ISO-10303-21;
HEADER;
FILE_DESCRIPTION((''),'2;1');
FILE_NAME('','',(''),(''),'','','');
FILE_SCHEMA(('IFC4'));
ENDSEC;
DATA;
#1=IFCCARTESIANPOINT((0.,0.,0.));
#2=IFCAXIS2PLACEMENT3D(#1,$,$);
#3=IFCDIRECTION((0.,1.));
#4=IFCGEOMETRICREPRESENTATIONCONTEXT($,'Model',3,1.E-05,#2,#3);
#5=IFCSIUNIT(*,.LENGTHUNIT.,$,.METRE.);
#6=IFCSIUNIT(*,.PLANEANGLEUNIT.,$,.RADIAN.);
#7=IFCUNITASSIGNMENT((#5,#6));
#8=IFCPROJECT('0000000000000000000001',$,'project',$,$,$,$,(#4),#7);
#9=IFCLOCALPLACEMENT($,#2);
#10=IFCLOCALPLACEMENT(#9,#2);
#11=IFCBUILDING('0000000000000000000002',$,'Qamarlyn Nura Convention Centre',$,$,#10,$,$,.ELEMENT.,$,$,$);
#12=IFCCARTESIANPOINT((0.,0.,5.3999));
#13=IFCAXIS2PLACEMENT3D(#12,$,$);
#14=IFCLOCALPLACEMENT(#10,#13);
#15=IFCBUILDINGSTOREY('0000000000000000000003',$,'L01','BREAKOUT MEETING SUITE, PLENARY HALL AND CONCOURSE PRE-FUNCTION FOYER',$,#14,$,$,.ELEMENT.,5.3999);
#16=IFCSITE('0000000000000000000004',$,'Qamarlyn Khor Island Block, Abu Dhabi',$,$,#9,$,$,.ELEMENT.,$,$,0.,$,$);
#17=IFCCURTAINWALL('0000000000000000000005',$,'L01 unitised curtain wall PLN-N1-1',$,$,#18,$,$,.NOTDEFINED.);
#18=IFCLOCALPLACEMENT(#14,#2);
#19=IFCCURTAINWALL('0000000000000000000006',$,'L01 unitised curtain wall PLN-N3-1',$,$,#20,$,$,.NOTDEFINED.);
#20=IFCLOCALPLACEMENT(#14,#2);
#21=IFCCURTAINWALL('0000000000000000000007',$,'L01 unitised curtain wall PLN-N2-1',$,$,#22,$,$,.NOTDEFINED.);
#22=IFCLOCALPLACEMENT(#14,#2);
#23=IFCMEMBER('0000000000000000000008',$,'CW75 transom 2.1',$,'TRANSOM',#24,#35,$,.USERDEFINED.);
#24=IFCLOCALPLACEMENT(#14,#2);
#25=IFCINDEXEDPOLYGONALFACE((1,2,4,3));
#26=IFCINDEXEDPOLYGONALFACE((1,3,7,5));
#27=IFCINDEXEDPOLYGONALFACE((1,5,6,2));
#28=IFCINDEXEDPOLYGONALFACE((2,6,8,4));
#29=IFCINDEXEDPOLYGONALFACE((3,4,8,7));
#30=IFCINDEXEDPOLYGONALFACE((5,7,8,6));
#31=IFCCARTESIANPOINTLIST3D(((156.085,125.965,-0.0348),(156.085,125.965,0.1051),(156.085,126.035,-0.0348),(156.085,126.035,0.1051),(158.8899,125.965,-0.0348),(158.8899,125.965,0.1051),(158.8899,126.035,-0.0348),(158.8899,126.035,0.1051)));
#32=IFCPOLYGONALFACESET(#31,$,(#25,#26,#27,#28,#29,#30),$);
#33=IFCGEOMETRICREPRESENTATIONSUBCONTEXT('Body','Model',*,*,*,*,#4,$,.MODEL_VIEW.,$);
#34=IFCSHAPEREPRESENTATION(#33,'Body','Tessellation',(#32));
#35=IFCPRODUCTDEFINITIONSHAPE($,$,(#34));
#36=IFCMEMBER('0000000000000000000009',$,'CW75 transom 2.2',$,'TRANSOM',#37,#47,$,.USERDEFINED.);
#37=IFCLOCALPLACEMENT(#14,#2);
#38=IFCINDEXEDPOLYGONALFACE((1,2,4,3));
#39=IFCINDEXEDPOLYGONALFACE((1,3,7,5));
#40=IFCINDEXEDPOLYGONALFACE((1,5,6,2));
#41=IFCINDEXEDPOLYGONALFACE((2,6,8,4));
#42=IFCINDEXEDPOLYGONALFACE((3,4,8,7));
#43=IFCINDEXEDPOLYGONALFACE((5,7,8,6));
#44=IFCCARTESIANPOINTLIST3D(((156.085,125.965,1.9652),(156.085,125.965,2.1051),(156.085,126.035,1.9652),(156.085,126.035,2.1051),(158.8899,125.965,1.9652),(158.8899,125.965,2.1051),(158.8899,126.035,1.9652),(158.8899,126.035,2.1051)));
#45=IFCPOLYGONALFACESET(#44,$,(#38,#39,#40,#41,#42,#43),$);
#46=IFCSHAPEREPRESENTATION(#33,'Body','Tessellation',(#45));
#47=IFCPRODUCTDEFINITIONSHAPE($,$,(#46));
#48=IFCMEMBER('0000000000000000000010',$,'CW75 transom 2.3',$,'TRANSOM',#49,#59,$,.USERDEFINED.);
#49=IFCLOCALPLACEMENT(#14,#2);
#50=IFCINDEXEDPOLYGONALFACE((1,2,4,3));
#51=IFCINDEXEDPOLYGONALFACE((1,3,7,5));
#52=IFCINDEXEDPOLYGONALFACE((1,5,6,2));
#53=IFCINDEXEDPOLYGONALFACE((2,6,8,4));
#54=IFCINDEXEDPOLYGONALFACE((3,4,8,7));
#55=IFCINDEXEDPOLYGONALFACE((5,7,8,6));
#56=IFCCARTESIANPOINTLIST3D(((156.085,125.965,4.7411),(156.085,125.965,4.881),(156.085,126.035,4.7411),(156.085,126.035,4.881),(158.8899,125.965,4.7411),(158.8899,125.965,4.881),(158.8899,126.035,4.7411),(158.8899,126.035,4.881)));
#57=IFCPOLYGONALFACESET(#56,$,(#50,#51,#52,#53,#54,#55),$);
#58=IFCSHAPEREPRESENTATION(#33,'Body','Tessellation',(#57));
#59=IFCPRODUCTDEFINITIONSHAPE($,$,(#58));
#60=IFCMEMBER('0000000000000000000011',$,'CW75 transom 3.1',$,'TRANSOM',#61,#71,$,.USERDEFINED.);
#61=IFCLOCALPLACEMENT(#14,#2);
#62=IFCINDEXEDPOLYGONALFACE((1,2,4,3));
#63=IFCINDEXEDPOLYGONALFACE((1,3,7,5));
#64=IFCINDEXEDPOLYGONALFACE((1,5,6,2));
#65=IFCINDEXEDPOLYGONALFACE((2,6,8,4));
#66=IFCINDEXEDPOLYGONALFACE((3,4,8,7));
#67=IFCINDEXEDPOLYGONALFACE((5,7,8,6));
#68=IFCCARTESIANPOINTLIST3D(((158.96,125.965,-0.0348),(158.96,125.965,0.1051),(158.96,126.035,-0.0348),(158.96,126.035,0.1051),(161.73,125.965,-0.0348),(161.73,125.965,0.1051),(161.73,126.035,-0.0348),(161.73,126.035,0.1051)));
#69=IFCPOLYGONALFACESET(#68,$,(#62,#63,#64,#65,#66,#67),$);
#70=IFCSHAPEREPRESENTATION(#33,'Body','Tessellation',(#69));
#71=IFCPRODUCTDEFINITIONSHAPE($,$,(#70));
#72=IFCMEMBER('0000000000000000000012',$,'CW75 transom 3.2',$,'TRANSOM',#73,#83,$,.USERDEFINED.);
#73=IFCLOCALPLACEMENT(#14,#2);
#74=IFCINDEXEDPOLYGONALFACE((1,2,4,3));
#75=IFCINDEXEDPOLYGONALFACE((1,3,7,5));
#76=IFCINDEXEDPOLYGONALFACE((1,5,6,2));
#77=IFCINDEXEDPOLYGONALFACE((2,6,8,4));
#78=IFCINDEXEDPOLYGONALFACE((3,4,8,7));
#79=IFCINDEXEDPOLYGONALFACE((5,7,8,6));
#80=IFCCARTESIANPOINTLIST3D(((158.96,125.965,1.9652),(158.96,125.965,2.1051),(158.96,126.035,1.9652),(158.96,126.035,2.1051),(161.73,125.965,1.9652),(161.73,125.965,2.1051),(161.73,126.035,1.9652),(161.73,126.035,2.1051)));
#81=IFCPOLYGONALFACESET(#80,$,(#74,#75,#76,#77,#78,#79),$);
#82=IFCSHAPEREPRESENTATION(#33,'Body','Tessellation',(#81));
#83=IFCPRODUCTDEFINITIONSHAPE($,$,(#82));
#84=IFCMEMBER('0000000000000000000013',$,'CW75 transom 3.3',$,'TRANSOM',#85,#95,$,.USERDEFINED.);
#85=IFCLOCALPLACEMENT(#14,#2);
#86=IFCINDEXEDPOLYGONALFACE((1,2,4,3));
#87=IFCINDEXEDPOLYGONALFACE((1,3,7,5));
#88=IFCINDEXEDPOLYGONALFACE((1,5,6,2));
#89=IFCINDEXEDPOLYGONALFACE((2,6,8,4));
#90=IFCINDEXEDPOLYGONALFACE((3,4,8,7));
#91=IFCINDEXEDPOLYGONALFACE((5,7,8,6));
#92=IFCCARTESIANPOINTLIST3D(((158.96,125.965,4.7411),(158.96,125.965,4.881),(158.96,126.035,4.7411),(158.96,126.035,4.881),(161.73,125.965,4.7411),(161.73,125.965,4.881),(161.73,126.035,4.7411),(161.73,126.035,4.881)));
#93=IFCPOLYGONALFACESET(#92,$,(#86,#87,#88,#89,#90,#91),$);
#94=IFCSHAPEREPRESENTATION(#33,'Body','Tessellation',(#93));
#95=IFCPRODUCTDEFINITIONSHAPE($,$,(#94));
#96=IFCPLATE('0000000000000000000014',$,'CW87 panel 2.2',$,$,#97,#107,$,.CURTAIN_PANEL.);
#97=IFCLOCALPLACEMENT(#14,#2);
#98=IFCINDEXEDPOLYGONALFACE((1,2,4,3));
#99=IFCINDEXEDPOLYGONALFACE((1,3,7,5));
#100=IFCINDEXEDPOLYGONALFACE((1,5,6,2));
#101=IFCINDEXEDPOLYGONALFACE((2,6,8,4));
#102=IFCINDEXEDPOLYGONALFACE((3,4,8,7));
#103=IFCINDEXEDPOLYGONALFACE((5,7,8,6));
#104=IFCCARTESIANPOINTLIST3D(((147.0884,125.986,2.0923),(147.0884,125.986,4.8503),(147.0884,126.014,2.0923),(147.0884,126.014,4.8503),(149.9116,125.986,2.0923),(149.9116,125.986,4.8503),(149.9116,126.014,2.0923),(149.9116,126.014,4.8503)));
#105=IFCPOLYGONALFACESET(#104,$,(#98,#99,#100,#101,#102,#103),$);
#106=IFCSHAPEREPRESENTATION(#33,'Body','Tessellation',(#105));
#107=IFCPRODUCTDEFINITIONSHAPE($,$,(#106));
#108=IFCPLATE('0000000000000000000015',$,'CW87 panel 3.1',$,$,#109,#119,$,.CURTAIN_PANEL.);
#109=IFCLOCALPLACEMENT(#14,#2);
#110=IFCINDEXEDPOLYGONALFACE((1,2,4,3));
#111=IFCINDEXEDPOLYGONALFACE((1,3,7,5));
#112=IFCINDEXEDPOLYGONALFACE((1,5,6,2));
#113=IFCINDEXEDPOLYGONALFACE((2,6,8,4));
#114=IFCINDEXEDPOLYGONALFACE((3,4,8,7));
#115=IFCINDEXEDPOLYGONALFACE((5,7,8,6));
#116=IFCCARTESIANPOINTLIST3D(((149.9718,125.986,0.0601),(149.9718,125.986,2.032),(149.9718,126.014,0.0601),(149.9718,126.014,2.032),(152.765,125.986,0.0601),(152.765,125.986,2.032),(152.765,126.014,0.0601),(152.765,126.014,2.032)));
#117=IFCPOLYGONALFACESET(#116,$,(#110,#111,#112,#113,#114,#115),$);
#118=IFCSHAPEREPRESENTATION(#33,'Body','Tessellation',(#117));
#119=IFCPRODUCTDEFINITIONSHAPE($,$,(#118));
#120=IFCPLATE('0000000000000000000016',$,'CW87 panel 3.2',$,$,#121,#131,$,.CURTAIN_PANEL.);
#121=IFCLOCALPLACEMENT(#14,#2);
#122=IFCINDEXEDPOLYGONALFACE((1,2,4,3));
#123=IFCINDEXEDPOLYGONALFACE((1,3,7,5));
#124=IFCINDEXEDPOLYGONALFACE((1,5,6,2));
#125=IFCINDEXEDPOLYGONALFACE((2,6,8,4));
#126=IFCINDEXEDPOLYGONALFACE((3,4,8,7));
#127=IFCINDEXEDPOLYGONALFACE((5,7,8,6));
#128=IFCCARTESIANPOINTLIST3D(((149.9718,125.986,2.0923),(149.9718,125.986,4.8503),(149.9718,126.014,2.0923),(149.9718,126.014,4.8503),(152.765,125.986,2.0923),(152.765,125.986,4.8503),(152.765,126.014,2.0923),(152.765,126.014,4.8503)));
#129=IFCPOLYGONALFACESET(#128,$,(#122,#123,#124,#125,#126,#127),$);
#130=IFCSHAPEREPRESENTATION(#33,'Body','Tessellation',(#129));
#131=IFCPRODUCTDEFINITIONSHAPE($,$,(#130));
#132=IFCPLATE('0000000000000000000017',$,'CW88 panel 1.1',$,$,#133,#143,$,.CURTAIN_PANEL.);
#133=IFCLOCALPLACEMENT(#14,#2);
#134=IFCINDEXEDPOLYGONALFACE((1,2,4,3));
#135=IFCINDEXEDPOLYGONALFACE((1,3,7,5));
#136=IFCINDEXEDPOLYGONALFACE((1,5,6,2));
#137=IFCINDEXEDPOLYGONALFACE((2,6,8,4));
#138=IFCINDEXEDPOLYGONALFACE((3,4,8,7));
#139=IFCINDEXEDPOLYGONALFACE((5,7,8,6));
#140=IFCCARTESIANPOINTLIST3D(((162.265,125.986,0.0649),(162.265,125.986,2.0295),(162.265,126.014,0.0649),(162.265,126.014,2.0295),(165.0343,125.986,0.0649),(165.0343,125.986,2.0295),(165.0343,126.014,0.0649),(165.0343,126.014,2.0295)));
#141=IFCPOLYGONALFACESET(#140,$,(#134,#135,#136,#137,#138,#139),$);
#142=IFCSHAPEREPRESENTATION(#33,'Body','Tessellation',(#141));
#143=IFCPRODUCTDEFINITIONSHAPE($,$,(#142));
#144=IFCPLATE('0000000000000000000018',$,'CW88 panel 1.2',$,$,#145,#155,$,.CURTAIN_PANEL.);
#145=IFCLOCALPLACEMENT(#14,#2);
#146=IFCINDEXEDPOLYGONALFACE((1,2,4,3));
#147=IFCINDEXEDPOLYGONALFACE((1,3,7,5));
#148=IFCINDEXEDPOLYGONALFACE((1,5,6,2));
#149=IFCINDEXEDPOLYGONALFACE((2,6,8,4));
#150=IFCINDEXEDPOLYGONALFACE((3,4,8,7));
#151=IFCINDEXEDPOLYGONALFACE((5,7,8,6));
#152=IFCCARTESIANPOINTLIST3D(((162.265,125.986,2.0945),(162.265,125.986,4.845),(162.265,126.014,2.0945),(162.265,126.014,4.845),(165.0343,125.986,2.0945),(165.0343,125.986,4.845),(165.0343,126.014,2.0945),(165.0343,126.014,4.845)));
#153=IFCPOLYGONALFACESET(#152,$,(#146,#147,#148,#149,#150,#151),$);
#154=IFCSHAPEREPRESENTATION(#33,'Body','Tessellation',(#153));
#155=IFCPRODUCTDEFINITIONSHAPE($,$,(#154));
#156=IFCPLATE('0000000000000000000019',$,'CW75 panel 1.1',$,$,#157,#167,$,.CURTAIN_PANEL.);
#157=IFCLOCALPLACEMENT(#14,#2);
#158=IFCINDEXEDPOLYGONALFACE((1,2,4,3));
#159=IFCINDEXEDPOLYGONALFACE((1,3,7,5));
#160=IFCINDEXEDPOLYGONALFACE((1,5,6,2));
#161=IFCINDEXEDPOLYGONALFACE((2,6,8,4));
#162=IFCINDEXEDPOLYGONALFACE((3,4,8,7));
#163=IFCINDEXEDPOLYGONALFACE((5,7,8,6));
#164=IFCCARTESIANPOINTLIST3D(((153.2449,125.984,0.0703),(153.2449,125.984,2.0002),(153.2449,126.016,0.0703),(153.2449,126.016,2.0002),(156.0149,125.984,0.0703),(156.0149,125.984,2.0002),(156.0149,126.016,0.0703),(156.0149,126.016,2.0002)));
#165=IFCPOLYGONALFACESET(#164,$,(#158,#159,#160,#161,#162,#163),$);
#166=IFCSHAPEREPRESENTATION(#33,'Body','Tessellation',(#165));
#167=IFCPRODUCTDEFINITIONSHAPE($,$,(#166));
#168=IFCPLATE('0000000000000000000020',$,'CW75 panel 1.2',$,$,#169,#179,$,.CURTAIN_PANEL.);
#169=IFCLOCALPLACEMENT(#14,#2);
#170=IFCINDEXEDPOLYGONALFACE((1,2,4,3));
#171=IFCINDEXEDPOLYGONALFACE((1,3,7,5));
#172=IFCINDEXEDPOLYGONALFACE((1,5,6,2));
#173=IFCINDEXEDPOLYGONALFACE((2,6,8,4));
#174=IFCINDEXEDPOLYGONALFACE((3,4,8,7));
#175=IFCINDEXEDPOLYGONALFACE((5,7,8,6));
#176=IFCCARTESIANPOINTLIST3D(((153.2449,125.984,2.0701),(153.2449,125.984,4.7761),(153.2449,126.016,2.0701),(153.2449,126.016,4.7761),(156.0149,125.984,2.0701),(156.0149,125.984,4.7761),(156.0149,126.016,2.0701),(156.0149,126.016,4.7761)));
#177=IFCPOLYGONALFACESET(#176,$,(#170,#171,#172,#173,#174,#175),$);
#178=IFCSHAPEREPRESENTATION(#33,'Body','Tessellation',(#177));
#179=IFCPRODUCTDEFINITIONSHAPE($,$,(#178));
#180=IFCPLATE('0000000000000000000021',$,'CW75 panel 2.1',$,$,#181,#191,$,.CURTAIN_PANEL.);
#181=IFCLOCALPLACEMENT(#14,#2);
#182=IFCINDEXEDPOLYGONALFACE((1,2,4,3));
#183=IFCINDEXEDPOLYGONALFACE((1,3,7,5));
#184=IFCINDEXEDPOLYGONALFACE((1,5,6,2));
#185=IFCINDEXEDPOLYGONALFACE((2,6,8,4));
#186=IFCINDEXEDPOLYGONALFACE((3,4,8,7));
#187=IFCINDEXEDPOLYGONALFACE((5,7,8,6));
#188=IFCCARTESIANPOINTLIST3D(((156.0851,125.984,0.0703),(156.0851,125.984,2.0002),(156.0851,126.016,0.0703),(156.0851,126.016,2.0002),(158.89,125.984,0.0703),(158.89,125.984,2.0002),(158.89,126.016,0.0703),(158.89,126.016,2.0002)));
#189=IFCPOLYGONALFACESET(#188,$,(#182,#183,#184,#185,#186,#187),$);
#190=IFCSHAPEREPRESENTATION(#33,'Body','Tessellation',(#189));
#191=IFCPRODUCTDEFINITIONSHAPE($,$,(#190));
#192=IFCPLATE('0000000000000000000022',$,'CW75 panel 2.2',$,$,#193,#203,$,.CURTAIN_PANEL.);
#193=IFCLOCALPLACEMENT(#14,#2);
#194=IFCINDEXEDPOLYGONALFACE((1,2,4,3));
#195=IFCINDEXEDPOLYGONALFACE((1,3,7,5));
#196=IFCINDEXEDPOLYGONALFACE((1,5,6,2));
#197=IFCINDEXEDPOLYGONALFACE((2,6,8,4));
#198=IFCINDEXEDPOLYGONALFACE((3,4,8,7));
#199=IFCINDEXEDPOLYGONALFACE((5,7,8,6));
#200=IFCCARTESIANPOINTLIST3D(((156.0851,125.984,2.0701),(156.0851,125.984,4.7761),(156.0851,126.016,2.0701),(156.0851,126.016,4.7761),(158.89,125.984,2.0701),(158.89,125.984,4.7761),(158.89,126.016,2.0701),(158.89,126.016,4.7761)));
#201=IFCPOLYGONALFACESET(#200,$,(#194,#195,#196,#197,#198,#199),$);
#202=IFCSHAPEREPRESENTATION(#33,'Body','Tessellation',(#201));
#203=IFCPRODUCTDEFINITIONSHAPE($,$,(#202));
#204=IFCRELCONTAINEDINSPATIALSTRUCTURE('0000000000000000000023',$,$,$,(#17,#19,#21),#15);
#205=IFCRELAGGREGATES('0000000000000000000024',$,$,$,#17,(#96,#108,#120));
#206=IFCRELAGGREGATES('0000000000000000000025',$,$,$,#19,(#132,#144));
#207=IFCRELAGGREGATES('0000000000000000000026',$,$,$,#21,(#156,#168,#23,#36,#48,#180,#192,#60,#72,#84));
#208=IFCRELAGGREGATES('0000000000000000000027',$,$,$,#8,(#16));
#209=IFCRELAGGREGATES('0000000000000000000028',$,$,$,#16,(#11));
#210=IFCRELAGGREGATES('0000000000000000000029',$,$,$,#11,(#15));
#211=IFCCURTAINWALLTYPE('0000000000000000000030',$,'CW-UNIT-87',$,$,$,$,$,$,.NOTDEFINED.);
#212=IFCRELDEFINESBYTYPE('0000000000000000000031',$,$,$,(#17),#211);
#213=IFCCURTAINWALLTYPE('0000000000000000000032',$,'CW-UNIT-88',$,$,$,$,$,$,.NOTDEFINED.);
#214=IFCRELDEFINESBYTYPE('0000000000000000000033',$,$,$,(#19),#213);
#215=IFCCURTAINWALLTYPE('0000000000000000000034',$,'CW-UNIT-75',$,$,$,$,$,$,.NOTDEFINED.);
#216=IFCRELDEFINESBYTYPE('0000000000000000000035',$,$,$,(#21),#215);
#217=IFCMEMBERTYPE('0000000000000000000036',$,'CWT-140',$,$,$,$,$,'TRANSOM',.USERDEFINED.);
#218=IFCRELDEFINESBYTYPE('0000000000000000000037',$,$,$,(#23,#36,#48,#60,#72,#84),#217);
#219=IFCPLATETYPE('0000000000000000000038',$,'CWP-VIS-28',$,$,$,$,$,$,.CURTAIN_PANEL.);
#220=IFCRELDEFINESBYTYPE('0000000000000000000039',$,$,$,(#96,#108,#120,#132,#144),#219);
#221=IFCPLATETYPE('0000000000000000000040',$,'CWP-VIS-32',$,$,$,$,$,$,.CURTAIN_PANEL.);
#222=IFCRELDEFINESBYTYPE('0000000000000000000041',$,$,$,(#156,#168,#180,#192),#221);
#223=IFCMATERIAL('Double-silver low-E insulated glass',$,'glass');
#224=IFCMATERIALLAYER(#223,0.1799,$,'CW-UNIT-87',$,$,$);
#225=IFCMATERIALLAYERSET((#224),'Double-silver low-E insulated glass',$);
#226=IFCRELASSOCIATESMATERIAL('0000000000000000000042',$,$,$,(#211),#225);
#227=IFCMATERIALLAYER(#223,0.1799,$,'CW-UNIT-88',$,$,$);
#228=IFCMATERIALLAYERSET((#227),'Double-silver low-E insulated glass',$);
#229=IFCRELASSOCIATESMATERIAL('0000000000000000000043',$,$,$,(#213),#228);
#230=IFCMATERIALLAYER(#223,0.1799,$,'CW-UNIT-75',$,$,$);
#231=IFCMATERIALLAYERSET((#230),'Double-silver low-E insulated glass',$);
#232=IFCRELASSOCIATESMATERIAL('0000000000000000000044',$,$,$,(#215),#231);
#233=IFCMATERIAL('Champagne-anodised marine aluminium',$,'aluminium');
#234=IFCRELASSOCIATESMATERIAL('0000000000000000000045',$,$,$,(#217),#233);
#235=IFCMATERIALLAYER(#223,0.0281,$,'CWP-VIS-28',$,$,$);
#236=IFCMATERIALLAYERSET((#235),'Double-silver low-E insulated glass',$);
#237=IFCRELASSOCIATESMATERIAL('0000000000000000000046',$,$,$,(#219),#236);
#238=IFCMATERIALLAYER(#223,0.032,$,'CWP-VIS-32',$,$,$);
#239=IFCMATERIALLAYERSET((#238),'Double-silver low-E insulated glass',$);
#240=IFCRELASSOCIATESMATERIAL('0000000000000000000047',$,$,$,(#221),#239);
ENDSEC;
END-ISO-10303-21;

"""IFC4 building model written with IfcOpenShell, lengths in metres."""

from ifc_helpers import new_model, si_unit, direction, frame, origin, origin_2d, place, context, subcontext, project, spatial, rectangle, extrude, material, layer, layer_set, material_profile, profile_set, type_object, element, aggregate, save


model = new_model("IFC4")

# Units and contexts
model_context = context("Model", 3, precision=1e-05, world=origin(), true_north=direction((0.0, 1.0)))
body_context = subcontext(model_context, "Body", "Model", "MODEL_VIEW")
ifc_project = project(units=[si_unit("LENGTHUNIT", "METRE"), si_unit("PLANEANGLEUNIT", "RADIAN")], contexts=[model_context])

# Site, building, storey
site_placement = place(None, origin())
site = spatial("IfcSite", under=ifc_project, at=site_placement, Name="Qamarlyn Khor Island Block, Abu Dhabi", CompositionType="ELEMENT", RefElevation=0.0)
building_placement = place(site_placement, origin())
building = spatial("IfcBuilding", under=site, at=building_placement, Name="Qamarlyn Nura Convention Centre", CompositionType="ELEMENT")
storey_placement = place(building_placement, frame((0.0, 0.0, 5.3999)))
storey = spatial("IfcBuildingStorey", under=building, at=storey_placement, Name="L01", Description="BREAKOUT MEETING SUITE, PLENARY HALL AND CONCOURSE PRE-FUNCTION FOYER", CompositionType="ELEMENT", Elevation=5.3999)

# Curtain walls
ifc_material_1 = material(Name="Double-silver low-E insulated glass", Category="glass")
ifc_layer_1 = layer(ifc_material_1, 0.1799, Name="CW-UNIT-87")
ifc_layer_set_1 = layer_set([ifc_layer_1], Name="Double-silver low-E insulated glass")
curtain_wall_type_1 = type_object("IfcCurtainWallType", Name="CW-UNIT-87", PredefinedType="NOTDEFINED", material=ifc_layer_set_1)
curtain_wall_1_placement = place(storey_placement, origin())
curtain_wall_1 = element("IfcCurtainWall", 1, at=curtain_wall_1_placement, inside=storey, type_object=curtain_wall_type_1, Name="L01 unitised curtain wall PLN-N1-1", PredefinedType="NOTDEFINED")
ifc_material_2 = material(Name="Champagne-anodised marine aluminium", Category="aluminium")
ifc_layer_2 = layer(ifc_material_1, 0.1799, Name="CW-UNIT-88")
ifc_layer_set_2 = layer_set([ifc_layer_2], Name="Double-silver low-E insulated glass")
curtain_wall_type_2 = type_object("IfcCurtainWallType", Name="CW-UNIT-88", PredefinedType="NOTDEFINED", material=ifc_layer_set_2)
curtain_wall_2_placement = place(storey_placement, origin())
curtain_wall_2 = element("IfcCurtainWall", 2, at=curtain_wall_2_placement, inside=storey, type_object=curtain_wall_type_2, Name="L01 unitised curtain wall PLN-N3-1", PredefinedType="NOTDEFINED")
ifc_layer_3 = layer(ifc_material_1, 0.1799, Name="CW-UNIT-75")
ifc_layer_set_3 = layer_set([ifc_layer_3], Name="Double-silver low-E insulated glass")
curtain_wall_type_3 = type_object("IfcCurtainWallType", Name="CW-UNIT-75", PredefinedType="NOTDEFINED", material=ifc_layer_set_3)
curtain_wall_3_placement = place(storey_placement, origin())
curtain_wall_3 = element("IfcCurtainWall", 3, at=curtain_wall_3_placement, inside=storey, type_object=curtain_wall_type_3, Name="L01 unitised curtain wall PLN-N2-1", PredefinedType="NOTDEFINED")

# Members
ifc_material_profile_1 = material_profile(ifc_material_2, rectangle(XDim=0.0701, YDim=0.1399, at=origin_2d()), Name="ALU TRANSOM 70x140")
ifc_profile_set_1 = profile_set([ifc_material_profile_1], Name="Champagne-anodised marine aluminium")
member_type_1 = type_object("IfcMemberType", Name="CWT-140", ElementType="TRANSOM", PredefinedType="USERDEFINED", material=ifc_profile_set_1)
member_1_placement = place(storey_placement, frame((156.085, 126.0, 0.0352), z_axis=(1.0, 0.0, 0.0), x_axis=(0.0, 1.0, 0.0)))
member_1 = element("IfcMember", 4, at=member_1_placement, type_object=member_type_1, Name="CW75 transom 2.1", ObjectType="TRANSOM", PredefinedType="USERDEFINED", context=body_context, shape_type="SweptSolid", body=[
    extrude(rectangle(XDim=0.0701, YDim=0.1399, at=origin_2d()), origin(), (0.0, 0.0, 1.0), 2.8049),
])
member_2_placement = place(storey_placement, frame((156.085, 126.0, 2.0352), z_axis=(1.0, 0.0, 0.0), x_axis=(0.0, 1.0, 0.0)))
member_2 = element("IfcMember", 5, at=member_2_placement, type_object=member_type_1, Name="CW75 transom 2.2", ObjectType="TRANSOM", PredefinedType="USERDEFINED", context=body_context, shape_type="SweptSolid", body=[
    extrude(rectangle(XDim=0.0701, YDim=0.1399, at=origin_2d()), origin(), (0.0, 0.0, 1.0), 2.8049),
])
member_3_placement = place(storey_placement, frame((156.085, 126.0, 4.811), z_axis=(1.0, 0.0, 0.0), x_axis=(0.0, 1.0, 0.0)))
member_3 = element("IfcMember", 6, at=member_3_placement, type_object=member_type_1, Name="CW75 transom 2.3", ObjectType="TRANSOM", PredefinedType="USERDEFINED", context=body_context, shape_type="SweptSolid", body=[
    extrude(rectangle(XDim=0.0701, YDim=0.1399, at=origin_2d()), origin(), (0.0, 0.0, 1.0), 2.8049),
])
member_4_placement = place(storey_placement, frame((158.96, 126.0, 0.0352), z_axis=(1.0, 0.0, 0.0), x_axis=(0.0, 1.0, 0.0)))
member_4 = element("IfcMember", 7, at=member_4_placement, type_object=member_type_1, Name="CW75 transom 3.1", ObjectType="TRANSOM", PredefinedType="USERDEFINED", context=body_context, shape_type="SweptSolid", body=[
    extrude(rectangle(XDim=0.0701, YDim=0.1399, at=origin_2d()), origin(), (0.0, 0.0, 1.0), 2.77),
])
member_5_placement = place(storey_placement, frame((158.96, 126.0, 2.0352), z_axis=(1.0, 0.0, 0.0), x_axis=(0.0, 1.0, 0.0)))
member_5 = element("IfcMember", 8, at=member_5_placement, type_object=member_type_1, Name="CW75 transom 3.2", ObjectType="TRANSOM", PredefinedType="USERDEFINED", context=body_context, shape_type="SweptSolid", body=[
    extrude(rectangle(XDim=0.0701, YDim=0.1399, at=origin_2d()), origin(), (0.0, 0.0, 1.0), 2.77),
])
member_6_placement = place(storey_placement, frame((158.96, 126.0, 4.811), z_axis=(1.0, 0.0, 0.0), x_axis=(0.0, 1.0, 0.0)))
member_6 = element("IfcMember", 9, at=member_6_placement, type_object=member_type_1, Name="CW75 transom 3.3", ObjectType="TRANSOM", PredefinedType="USERDEFINED", context=body_context, shape_type="SweptSolid", body=[
    extrude(rectangle(XDim=0.0701, YDim=0.1399, at=origin_2d()), origin(), (0.0, 0.0, 1.0), 2.77),
])

# Plates
ifc_layer_4 = layer(ifc_material_1, 0.0281, Name="CWP-VIS-28")
ifc_layer_set_4 = layer_set([ifc_layer_4], Name="Double-silver low-E insulated glass")
plate_type_1 = type_object("IfcPlateType", Name="CWP-VIS-28", PredefinedType="CURTAIN_PANEL", material=ifc_layer_set_4)
plate_1_placement = place(storey_placement, frame((148.5, 126.0, 2.0923), z_axis=(0.0, 0.0, 1.0), x_axis=(1.0, 0.0, 0.0)))
plate_1 = element("IfcPlate", 10, at=plate_1_placement, type_object=plate_type_1, Name="CW87 panel 2.2", PredefinedType="CURTAIN_PANEL", context=body_context, shape_type="SweptSolid", body=[
    extrude(rectangle(XDim=2.8232, YDim=0.0281, at=origin_2d()), origin(), (0.0, 0.0, 1.0), 2.7581),
])
plate_2_placement = place(storey_placement, frame((151.3684, 126.0, 0.0601), z_axis=(0.0, 0.0, 1.0), x_axis=(1.0, 0.0, 0.0)))
plate_2 = element("IfcPlate", 11, at=plate_2_placement, type_object=plate_type_1, Name="CW87 panel 3.1", PredefinedType="CURTAIN_PANEL", context=body_context, shape_type="SweptSolid", body=[
    extrude(rectangle(XDim=2.7932, YDim=0.0281, at=origin_2d()), origin(), (0.0, 0.0, 1.0), 1.9719),
])
plate_3_placement = place(storey_placement, frame((151.3684, 126.0, 2.0923), z_axis=(0.0, 0.0, 1.0), x_axis=(1.0, 0.0, 0.0)))
plate_3 = element("IfcPlate", 12, at=plate_3_placement, type_object=plate_type_1, Name="CW87 panel 3.2", PredefinedType="CURTAIN_PANEL", context=body_context, shape_type="SweptSolid", body=[
    extrude(rectangle(XDim=2.7932, YDim=0.0281, at=origin_2d()), origin(), (0.0, 0.0, 1.0), 2.7581),
])
aggregate(curtain_wall_1, [plate_1, plate_2, plate_3])
plate_4_placement = place(storey_placement, frame((163.6497, 126.0, 0.0649), z_axis=(0.0, 0.0, 1.0), x_axis=(1.0, 0.0, 0.0)))
plate_4 = element("IfcPlate", 13, at=plate_4_placement, type_object=plate_type_1, Name="CW88 panel 1.1", PredefinedType="CURTAIN_PANEL", context=body_context, shape_type="SweptSolid", body=[
    extrude(rectangle(XDim=2.7693, YDim=0.0281, at=origin_2d()), origin(), (0.0, 0.0, 1.0), 1.9646),
])
plate_5_placement = place(storey_placement, frame((163.6497, 126.0, 2.0945), z_axis=(0.0, 0.0, 1.0), x_axis=(1.0, 0.0, 0.0)))
plate_5 = element("IfcPlate", 14, at=plate_5_placement, type_object=plate_type_1, Name="CW88 panel 1.2", PredefinedType="CURTAIN_PANEL", context=body_context, shape_type="SweptSolid", body=[
    extrude(rectangle(XDim=2.7693, YDim=0.0281, at=origin_2d()), origin(), (0.0, 0.0, 1.0), 2.7505),
])
aggregate(curtain_wall_2, [plate_4, plate_5])
ifc_layer_5 = layer(ifc_material_1, 0.032, Name="CWP-VIS-32")
ifc_layer_set_5 = layer_set([ifc_layer_5], Name="Double-silver low-E insulated glass")
plate_type_2 = type_object("IfcPlateType", Name="CWP-VIS-32", PredefinedType="CURTAIN_PANEL", material=ifc_layer_set_5)
plate_6_placement = place(storey_placement, frame((154.6299, 126.0, 0.0703), z_axis=(0.0, 0.0, 1.0), x_axis=(1.0, 0.0, 0.0)))
plate_6 = element("IfcPlate", 15, at=plate_6_placement, type_object=plate_type_2, Name="CW75 panel 1.1", PredefinedType="CURTAIN_PANEL", context=body_context, shape_type="SweptSolid", body=[
    extrude(rectangle(XDim=2.77, YDim=0.032, at=origin_2d()), origin(), (0.0, 0.0, 1.0), 1.9299),
])
plate_7_placement = place(storey_placement, frame((154.6299, 126.0, 2.0701), z_axis=(0.0, 0.0, 1.0), x_axis=(1.0, 0.0, 0.0)))
plate_7 = element("IfcPlate", 16, at=plate_7_placement, type_object=plate_type_2, Name="CW75 panel 1.2", PredefinedType="CURTAIN_PANEL", context=body_context, shape_type="SweptSolid", body=[
    extrude(rectangle(XDim=2.77, YDim=0.032, at=origin_2d()), origin(), (0.0, 0.0, 1.0), 2.7061),
])
plate_8_placement = place(storey_placement, frame((157.4875, 126.0, 0.0703), z_axis=(0.0, 0.0, 1.0), x_axis=(1.0, 0.0, 0.0)))
plate_8 = element("IfcPlate", 17, at=plate_8_placement, type_object=plate_type_2, Name="CW75 panel 2.1", PredefinedType="CURTAIN_PANEL", context=body_context, shape_type="SweptSolid", body=[
    extrude(rectangle(XDim=2.8049, YDim=0.032, at=origin_2d()), origin(), (0.0, 0.0, 1.0), 1.9299),
])
plate_9_placement = place(storey_placement, frame((157.4875, 126.0, 2.0701), z_axis=(0.0, 0.0, 1.0), x_axis=(1.0, 0.0, 0.0)))
plate_9 = element("IfcPlate", 18, at=plate_9_placement, type_object=plate_type_2, Name="CW75 panel 2.2", PredefinedType="CURTAIN_PANEL", context=body_context, shape_type="SweptSolid", body=[
    extrude(rectangle(XDim=2.8049, YDim=0.032, at=origin_2d()), origin(), (0.0, 0.0, 1.0), 2.7061),
])
aggregate(curtain_wall_3, [plate_6, plate_7, member_1, member_2, member_3, plate_8, plate_9, member_4, member_5, member_6])

save(model, "model.ifc")
